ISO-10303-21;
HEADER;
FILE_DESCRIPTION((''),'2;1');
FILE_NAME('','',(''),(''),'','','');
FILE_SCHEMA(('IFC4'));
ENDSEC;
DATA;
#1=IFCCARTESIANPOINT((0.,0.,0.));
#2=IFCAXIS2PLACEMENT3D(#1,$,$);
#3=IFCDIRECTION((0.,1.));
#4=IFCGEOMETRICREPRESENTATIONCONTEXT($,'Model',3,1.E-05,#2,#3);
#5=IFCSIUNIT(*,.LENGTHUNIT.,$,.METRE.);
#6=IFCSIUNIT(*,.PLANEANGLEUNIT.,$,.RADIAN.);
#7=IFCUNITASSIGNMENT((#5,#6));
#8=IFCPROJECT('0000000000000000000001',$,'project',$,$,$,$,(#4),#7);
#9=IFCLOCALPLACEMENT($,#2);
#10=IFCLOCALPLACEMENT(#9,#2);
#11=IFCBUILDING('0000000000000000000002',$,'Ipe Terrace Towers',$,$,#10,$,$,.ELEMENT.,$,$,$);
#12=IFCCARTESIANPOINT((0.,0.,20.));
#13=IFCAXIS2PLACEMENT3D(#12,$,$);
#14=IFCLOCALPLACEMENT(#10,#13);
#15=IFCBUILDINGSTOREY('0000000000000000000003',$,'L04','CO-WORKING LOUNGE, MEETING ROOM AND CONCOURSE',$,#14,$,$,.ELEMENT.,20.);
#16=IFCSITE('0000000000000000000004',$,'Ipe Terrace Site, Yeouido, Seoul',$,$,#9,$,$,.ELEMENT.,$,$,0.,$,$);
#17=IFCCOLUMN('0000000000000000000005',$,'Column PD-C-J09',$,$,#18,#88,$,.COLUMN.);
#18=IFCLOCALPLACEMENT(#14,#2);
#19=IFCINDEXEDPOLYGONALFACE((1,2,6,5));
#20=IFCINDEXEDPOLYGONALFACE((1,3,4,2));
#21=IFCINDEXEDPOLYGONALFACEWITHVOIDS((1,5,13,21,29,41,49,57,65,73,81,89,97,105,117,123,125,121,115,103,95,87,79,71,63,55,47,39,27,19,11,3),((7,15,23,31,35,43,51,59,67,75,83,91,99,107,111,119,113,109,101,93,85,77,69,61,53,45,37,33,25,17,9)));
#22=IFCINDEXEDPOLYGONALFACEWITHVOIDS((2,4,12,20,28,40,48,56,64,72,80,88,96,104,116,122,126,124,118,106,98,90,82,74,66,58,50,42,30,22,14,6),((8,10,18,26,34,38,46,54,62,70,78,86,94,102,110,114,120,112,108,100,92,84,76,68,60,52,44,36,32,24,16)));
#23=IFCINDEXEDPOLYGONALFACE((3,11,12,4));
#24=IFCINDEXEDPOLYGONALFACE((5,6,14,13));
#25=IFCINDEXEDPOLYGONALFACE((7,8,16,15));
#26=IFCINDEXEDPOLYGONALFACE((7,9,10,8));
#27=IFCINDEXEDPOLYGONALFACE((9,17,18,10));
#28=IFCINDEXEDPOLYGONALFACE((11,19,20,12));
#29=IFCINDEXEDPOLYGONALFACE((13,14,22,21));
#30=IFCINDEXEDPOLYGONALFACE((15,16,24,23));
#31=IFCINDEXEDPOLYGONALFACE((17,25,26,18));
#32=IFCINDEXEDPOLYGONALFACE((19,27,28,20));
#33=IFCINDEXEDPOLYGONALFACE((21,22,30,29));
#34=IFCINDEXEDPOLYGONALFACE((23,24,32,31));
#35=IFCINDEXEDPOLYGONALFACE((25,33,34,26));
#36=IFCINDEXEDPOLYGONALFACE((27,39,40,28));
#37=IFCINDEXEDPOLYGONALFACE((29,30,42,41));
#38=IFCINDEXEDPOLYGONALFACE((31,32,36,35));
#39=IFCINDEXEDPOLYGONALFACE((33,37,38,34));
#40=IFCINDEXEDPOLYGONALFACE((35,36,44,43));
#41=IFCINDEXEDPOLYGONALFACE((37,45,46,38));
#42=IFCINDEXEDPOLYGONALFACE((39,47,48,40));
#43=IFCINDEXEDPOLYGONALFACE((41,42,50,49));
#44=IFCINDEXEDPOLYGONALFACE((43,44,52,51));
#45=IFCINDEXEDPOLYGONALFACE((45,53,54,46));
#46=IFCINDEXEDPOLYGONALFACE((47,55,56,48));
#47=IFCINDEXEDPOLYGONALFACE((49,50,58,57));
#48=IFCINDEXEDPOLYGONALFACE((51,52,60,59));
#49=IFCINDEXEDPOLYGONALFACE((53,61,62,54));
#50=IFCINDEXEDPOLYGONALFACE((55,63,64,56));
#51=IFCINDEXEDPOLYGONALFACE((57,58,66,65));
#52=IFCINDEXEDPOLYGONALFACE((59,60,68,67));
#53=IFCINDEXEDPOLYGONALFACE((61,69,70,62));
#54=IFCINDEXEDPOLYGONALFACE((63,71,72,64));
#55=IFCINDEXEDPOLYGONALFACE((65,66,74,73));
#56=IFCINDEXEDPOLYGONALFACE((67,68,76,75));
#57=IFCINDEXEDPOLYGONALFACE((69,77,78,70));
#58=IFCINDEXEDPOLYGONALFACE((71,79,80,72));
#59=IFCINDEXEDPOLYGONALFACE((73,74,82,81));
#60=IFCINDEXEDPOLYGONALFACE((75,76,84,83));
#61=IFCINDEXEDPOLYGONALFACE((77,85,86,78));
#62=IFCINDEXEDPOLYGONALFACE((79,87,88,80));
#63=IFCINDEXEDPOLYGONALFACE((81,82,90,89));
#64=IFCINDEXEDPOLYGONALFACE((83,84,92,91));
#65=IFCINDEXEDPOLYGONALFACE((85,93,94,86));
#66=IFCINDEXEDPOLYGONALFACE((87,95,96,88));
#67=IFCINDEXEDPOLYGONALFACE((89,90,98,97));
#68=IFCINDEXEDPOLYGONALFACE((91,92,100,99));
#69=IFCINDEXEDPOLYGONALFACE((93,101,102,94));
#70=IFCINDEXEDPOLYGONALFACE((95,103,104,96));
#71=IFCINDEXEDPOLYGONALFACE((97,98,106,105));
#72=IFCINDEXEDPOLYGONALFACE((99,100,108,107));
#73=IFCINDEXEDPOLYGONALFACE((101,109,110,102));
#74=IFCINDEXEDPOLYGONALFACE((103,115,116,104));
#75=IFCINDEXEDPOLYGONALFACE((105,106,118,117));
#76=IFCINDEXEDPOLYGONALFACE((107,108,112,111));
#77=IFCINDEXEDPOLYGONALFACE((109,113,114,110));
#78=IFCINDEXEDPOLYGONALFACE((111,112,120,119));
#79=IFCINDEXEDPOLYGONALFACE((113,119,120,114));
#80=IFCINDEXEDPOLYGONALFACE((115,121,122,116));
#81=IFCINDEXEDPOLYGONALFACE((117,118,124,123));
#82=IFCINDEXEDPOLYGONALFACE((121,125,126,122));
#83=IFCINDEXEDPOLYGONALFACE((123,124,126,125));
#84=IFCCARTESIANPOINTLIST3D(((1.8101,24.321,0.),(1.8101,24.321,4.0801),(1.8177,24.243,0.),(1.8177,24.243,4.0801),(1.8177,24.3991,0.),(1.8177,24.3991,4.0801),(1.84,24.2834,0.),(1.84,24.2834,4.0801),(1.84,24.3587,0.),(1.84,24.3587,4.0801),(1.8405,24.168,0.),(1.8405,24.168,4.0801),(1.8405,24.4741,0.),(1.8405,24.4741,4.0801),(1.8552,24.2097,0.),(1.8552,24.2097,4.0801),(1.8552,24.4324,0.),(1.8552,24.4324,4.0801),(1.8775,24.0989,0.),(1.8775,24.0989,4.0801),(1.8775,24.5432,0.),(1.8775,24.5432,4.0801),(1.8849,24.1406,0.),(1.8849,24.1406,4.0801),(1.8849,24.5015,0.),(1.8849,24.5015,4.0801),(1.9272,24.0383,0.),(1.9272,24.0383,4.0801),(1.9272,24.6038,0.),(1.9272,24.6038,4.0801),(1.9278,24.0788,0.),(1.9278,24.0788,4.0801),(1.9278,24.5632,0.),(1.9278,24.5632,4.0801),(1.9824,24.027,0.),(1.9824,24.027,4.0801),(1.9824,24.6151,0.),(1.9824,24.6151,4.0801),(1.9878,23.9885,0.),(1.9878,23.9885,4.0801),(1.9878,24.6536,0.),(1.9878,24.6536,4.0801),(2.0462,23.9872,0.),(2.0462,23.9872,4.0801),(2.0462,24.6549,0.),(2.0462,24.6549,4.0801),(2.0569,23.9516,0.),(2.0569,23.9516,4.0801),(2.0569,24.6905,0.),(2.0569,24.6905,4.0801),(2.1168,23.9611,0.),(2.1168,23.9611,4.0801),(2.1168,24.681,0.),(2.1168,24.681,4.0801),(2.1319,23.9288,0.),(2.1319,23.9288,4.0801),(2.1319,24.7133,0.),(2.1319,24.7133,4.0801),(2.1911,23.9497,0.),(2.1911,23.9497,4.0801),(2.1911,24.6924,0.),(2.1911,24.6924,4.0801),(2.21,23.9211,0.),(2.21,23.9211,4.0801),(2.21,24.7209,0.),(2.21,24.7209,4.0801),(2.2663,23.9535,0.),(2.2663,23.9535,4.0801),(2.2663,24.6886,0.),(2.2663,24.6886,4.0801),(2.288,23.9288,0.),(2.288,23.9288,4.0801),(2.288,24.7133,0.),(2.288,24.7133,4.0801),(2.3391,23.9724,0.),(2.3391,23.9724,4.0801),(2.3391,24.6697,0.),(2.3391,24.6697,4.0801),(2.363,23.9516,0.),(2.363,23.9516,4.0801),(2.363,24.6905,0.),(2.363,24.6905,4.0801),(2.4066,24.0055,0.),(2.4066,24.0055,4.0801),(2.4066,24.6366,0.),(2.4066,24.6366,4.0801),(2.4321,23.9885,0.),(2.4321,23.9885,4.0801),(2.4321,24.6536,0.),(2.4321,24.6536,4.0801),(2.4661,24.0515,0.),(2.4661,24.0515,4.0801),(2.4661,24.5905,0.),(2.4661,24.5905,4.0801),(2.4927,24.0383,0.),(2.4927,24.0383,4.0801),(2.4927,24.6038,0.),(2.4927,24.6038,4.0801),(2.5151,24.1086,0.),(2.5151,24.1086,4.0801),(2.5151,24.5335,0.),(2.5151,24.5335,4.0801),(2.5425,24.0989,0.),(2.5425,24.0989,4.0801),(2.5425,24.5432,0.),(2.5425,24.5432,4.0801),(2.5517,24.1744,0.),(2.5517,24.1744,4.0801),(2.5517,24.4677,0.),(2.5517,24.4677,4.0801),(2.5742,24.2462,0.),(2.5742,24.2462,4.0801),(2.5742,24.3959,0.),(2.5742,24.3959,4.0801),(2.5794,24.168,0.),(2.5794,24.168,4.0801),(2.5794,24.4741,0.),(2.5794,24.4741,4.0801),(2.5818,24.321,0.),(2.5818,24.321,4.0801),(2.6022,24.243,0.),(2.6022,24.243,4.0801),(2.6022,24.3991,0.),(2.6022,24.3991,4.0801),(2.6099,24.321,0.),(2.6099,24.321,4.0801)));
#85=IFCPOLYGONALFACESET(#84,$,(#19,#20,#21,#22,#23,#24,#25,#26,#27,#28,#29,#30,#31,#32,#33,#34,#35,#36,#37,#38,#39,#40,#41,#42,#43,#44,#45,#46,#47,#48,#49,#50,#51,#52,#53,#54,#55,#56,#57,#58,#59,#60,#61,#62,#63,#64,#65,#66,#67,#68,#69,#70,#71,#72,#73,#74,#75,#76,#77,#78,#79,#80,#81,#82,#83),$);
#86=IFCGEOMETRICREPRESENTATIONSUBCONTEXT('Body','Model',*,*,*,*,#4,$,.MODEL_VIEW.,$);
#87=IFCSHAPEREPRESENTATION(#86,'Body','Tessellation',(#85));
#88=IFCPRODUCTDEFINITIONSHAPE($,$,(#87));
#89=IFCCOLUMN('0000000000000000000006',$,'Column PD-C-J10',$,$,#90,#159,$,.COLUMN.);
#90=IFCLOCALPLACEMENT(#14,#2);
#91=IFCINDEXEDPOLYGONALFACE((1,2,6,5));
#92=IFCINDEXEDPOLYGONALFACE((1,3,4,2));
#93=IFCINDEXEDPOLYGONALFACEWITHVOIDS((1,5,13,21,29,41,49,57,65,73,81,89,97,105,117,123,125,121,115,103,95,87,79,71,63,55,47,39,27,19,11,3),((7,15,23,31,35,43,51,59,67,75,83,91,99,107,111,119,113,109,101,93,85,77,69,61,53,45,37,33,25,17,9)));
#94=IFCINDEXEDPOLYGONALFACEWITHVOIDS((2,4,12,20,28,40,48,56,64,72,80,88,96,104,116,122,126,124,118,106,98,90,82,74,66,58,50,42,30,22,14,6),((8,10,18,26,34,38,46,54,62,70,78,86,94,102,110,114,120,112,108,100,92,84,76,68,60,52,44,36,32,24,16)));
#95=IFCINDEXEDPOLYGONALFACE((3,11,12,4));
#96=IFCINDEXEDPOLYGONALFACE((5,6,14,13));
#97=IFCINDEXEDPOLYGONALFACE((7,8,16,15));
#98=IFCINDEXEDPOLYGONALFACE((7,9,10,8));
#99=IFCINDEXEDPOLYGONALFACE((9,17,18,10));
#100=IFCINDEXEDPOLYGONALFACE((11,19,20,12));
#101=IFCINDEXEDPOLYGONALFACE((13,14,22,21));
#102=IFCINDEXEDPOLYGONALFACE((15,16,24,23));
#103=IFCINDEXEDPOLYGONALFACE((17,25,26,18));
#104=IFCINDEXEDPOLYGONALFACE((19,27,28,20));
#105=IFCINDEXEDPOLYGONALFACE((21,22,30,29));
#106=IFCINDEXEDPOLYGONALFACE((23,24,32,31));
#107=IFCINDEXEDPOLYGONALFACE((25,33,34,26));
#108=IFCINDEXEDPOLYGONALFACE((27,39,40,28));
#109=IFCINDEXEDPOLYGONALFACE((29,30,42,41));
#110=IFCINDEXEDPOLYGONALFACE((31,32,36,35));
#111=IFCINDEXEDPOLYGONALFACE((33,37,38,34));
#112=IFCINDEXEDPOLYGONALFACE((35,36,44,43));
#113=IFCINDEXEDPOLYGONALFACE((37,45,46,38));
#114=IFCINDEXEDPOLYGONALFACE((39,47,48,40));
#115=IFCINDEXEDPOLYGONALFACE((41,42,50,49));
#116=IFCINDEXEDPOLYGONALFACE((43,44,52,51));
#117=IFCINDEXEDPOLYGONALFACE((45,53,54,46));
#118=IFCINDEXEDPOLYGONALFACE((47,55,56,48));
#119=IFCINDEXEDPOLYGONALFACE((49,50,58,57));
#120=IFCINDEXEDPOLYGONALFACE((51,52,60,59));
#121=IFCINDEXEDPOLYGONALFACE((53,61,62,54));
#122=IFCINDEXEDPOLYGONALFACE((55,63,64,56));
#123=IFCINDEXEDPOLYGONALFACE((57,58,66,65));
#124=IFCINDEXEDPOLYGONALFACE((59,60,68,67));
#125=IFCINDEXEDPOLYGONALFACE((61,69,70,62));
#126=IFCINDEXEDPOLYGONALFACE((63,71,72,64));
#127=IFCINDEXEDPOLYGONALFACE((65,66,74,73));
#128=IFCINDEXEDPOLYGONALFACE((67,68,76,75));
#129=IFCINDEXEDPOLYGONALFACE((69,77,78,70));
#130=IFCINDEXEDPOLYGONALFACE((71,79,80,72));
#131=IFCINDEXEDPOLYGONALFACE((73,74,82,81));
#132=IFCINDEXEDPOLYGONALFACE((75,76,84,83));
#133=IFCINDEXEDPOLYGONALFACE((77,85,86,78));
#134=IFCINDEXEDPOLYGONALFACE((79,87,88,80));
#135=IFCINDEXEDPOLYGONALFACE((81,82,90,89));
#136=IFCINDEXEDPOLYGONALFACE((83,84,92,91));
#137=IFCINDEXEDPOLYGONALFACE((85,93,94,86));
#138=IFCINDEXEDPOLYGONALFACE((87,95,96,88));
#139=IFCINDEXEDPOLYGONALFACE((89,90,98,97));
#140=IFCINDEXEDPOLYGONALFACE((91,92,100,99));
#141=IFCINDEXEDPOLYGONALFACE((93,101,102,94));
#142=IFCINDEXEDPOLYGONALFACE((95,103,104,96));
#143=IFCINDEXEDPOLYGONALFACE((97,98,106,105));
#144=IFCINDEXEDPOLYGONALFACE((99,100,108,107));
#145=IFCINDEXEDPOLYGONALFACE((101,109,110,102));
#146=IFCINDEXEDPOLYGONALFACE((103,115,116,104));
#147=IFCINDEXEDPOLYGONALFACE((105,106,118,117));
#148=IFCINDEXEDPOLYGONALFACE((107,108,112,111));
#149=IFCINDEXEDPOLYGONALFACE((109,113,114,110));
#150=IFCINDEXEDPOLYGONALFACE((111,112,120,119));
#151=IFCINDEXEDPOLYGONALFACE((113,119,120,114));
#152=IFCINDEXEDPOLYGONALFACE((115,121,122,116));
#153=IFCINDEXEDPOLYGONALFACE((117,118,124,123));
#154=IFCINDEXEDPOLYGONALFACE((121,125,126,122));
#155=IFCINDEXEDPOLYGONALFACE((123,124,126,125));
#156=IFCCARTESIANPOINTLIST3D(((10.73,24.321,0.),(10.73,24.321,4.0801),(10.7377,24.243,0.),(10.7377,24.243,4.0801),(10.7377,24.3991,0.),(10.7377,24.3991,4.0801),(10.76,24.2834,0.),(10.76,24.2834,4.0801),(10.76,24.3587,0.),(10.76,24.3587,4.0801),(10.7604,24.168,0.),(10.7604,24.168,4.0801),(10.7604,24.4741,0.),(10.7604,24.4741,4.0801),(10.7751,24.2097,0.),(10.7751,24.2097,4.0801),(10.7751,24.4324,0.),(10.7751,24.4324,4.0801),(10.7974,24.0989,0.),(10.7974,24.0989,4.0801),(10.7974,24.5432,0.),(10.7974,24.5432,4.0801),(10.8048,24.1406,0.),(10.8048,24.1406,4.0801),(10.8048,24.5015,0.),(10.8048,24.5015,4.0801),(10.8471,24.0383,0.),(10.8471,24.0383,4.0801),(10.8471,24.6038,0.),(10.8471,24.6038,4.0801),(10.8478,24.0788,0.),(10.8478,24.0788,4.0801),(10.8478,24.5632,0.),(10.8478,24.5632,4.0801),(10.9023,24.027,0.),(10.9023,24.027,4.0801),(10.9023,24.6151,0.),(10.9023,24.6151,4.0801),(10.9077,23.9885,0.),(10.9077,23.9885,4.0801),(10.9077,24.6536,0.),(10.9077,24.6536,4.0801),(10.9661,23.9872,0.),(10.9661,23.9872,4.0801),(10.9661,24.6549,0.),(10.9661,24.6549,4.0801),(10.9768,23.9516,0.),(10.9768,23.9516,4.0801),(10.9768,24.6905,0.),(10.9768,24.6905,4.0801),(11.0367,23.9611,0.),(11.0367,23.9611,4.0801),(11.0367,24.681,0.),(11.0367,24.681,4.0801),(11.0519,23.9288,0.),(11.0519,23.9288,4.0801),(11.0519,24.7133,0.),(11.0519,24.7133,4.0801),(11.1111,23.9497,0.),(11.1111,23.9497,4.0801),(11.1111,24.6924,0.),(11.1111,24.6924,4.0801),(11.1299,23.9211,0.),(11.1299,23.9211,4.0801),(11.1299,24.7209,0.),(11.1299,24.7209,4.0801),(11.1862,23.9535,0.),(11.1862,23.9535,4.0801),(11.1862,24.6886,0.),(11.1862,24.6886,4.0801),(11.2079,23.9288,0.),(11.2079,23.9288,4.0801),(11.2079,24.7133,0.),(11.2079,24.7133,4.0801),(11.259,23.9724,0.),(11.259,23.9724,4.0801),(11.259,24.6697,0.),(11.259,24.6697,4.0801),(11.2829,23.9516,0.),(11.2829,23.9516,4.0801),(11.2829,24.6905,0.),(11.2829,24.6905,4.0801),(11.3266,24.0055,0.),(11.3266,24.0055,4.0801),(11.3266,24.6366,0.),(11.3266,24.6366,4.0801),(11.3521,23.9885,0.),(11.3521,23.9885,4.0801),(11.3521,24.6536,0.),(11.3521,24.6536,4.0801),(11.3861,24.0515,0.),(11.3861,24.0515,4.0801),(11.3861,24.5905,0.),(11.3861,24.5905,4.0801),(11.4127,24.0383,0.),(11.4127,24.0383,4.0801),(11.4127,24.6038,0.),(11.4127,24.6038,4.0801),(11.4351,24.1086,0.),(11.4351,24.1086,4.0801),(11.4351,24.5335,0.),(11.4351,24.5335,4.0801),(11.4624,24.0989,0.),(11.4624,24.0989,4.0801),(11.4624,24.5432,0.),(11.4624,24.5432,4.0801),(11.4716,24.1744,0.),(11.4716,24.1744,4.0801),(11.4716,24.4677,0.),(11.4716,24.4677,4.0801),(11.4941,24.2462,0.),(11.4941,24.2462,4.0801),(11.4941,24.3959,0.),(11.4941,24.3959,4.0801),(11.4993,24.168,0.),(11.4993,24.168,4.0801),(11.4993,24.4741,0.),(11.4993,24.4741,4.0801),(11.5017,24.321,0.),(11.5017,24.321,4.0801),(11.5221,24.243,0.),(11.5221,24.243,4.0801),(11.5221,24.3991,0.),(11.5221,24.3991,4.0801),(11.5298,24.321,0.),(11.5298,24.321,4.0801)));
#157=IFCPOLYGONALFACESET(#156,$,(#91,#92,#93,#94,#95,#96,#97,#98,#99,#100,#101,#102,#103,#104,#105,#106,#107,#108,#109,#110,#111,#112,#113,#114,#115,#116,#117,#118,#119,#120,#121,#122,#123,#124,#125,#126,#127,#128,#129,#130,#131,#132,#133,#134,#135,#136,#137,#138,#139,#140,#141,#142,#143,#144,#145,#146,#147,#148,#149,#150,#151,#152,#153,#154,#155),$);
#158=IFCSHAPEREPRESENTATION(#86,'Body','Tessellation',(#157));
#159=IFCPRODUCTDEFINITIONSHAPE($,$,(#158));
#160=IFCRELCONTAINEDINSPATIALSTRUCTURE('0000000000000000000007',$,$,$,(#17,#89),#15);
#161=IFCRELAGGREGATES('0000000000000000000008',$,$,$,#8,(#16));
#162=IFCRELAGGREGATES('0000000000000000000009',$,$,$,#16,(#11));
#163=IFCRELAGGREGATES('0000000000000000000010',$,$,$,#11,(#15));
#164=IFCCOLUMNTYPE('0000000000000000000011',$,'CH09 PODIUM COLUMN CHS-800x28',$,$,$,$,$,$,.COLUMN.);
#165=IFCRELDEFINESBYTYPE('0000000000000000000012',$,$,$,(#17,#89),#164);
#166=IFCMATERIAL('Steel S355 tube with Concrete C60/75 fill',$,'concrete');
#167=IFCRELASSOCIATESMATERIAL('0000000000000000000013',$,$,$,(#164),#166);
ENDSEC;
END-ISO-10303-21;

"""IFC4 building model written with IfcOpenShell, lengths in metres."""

from ifc_helpers import new_model, si_unit, direction, frame, origin, origin_2d, place, context, subcontext, project, spatial, hollow_circle, extrude, material, material_profile, profile_set, type_object, element, save


model = new_model("IFC4")

# Units and contexts
model_context = context("Model", 3, precision=1e-05, world=origin(), true_north=direction((0.0, 1.0)))
body_context = subcontext(model_context, "Body", "Model", "MODEL_VIEW")
ifc_project = project(units=[si_unit("LENGTHUNIT", "METRE"), si_unit("PLANEANGLEUNIT", "RADIAN")], contexts=[model_context])

# Site, building, storey
site_placement = place(None, origin())
site = spatial("IfcSite", under=ifc_project, at=site_placement, Name="Ipe Terrace Site, Yeouido, Seoul", CompositionType="ELEMENT", RefElevation=0.0)
building_placement = place(site_placement, origin())
building = spatial("IfcBuilding", under=site, at=building_placement, Name="Ipe Terrace Towers", CompositionType="ELEMENT")
storey_placement = place(building_placement, frame((0.0, 0.0, 20.0)))
storey = spatial("IfcBuildingStorey", under=building, at=storey_placement, Name="L04", Description="CO-WORKING LOUNGE, MEETING ROOM AND CONCOURSE", CompositionType="ELEMENT", Elevation=20.0)

# Columns
ifc_material_1 = material(Name="Steel S355 tube with Concrete C60/75 fill", Category="concrete")
ifc_material_profile_1 = material_profile(ifc_material_1, hollow_circle(Radius=0.3999, WallThickness=0.0281, at=origin_2d()), Name="CHS-800x28")
ifc_profile_set_1 = profile_set([ifc_material_profile_1], Name="Steel S355 tube with Concrete C60/75 fill")
column_type = type_object("IfcColumnType", Name="CH09 PODIUM COLUMN CHS-800x28", PredefinedType="COLUMN", material=ifc_profile_set_1)
for number, where, z_axis, x_axis, name in (
    (1, (2.21, 24.321, 0.0), (0.0, 0.0, 1.0), (1.0, 0.0, 0.0), "Column PD-C-J09"),
    (2, (11.1299, 24.321, 0.0), (0.0, 0.0, 1.0), (1.0, 0.0, 0.0), "Column PD-C-J10"),
):
    element("IfcColumn", number, at=place(storey_placement, frame(where, z_axis=z_axis, x_axis=x_axis)), inside=storey, type_object=column_type, Name=name, PredefinedType="COLUMN", context=body_context, shape_type="SweptSolid", body=[
        extrude(hollow_circle(Radius=0.3999, WallThickness=0.0281, at=origin_2d()), origin(), (0.0, 0.0, 1.0), 4.0801),
    ])

save(model, "model.ifc")
